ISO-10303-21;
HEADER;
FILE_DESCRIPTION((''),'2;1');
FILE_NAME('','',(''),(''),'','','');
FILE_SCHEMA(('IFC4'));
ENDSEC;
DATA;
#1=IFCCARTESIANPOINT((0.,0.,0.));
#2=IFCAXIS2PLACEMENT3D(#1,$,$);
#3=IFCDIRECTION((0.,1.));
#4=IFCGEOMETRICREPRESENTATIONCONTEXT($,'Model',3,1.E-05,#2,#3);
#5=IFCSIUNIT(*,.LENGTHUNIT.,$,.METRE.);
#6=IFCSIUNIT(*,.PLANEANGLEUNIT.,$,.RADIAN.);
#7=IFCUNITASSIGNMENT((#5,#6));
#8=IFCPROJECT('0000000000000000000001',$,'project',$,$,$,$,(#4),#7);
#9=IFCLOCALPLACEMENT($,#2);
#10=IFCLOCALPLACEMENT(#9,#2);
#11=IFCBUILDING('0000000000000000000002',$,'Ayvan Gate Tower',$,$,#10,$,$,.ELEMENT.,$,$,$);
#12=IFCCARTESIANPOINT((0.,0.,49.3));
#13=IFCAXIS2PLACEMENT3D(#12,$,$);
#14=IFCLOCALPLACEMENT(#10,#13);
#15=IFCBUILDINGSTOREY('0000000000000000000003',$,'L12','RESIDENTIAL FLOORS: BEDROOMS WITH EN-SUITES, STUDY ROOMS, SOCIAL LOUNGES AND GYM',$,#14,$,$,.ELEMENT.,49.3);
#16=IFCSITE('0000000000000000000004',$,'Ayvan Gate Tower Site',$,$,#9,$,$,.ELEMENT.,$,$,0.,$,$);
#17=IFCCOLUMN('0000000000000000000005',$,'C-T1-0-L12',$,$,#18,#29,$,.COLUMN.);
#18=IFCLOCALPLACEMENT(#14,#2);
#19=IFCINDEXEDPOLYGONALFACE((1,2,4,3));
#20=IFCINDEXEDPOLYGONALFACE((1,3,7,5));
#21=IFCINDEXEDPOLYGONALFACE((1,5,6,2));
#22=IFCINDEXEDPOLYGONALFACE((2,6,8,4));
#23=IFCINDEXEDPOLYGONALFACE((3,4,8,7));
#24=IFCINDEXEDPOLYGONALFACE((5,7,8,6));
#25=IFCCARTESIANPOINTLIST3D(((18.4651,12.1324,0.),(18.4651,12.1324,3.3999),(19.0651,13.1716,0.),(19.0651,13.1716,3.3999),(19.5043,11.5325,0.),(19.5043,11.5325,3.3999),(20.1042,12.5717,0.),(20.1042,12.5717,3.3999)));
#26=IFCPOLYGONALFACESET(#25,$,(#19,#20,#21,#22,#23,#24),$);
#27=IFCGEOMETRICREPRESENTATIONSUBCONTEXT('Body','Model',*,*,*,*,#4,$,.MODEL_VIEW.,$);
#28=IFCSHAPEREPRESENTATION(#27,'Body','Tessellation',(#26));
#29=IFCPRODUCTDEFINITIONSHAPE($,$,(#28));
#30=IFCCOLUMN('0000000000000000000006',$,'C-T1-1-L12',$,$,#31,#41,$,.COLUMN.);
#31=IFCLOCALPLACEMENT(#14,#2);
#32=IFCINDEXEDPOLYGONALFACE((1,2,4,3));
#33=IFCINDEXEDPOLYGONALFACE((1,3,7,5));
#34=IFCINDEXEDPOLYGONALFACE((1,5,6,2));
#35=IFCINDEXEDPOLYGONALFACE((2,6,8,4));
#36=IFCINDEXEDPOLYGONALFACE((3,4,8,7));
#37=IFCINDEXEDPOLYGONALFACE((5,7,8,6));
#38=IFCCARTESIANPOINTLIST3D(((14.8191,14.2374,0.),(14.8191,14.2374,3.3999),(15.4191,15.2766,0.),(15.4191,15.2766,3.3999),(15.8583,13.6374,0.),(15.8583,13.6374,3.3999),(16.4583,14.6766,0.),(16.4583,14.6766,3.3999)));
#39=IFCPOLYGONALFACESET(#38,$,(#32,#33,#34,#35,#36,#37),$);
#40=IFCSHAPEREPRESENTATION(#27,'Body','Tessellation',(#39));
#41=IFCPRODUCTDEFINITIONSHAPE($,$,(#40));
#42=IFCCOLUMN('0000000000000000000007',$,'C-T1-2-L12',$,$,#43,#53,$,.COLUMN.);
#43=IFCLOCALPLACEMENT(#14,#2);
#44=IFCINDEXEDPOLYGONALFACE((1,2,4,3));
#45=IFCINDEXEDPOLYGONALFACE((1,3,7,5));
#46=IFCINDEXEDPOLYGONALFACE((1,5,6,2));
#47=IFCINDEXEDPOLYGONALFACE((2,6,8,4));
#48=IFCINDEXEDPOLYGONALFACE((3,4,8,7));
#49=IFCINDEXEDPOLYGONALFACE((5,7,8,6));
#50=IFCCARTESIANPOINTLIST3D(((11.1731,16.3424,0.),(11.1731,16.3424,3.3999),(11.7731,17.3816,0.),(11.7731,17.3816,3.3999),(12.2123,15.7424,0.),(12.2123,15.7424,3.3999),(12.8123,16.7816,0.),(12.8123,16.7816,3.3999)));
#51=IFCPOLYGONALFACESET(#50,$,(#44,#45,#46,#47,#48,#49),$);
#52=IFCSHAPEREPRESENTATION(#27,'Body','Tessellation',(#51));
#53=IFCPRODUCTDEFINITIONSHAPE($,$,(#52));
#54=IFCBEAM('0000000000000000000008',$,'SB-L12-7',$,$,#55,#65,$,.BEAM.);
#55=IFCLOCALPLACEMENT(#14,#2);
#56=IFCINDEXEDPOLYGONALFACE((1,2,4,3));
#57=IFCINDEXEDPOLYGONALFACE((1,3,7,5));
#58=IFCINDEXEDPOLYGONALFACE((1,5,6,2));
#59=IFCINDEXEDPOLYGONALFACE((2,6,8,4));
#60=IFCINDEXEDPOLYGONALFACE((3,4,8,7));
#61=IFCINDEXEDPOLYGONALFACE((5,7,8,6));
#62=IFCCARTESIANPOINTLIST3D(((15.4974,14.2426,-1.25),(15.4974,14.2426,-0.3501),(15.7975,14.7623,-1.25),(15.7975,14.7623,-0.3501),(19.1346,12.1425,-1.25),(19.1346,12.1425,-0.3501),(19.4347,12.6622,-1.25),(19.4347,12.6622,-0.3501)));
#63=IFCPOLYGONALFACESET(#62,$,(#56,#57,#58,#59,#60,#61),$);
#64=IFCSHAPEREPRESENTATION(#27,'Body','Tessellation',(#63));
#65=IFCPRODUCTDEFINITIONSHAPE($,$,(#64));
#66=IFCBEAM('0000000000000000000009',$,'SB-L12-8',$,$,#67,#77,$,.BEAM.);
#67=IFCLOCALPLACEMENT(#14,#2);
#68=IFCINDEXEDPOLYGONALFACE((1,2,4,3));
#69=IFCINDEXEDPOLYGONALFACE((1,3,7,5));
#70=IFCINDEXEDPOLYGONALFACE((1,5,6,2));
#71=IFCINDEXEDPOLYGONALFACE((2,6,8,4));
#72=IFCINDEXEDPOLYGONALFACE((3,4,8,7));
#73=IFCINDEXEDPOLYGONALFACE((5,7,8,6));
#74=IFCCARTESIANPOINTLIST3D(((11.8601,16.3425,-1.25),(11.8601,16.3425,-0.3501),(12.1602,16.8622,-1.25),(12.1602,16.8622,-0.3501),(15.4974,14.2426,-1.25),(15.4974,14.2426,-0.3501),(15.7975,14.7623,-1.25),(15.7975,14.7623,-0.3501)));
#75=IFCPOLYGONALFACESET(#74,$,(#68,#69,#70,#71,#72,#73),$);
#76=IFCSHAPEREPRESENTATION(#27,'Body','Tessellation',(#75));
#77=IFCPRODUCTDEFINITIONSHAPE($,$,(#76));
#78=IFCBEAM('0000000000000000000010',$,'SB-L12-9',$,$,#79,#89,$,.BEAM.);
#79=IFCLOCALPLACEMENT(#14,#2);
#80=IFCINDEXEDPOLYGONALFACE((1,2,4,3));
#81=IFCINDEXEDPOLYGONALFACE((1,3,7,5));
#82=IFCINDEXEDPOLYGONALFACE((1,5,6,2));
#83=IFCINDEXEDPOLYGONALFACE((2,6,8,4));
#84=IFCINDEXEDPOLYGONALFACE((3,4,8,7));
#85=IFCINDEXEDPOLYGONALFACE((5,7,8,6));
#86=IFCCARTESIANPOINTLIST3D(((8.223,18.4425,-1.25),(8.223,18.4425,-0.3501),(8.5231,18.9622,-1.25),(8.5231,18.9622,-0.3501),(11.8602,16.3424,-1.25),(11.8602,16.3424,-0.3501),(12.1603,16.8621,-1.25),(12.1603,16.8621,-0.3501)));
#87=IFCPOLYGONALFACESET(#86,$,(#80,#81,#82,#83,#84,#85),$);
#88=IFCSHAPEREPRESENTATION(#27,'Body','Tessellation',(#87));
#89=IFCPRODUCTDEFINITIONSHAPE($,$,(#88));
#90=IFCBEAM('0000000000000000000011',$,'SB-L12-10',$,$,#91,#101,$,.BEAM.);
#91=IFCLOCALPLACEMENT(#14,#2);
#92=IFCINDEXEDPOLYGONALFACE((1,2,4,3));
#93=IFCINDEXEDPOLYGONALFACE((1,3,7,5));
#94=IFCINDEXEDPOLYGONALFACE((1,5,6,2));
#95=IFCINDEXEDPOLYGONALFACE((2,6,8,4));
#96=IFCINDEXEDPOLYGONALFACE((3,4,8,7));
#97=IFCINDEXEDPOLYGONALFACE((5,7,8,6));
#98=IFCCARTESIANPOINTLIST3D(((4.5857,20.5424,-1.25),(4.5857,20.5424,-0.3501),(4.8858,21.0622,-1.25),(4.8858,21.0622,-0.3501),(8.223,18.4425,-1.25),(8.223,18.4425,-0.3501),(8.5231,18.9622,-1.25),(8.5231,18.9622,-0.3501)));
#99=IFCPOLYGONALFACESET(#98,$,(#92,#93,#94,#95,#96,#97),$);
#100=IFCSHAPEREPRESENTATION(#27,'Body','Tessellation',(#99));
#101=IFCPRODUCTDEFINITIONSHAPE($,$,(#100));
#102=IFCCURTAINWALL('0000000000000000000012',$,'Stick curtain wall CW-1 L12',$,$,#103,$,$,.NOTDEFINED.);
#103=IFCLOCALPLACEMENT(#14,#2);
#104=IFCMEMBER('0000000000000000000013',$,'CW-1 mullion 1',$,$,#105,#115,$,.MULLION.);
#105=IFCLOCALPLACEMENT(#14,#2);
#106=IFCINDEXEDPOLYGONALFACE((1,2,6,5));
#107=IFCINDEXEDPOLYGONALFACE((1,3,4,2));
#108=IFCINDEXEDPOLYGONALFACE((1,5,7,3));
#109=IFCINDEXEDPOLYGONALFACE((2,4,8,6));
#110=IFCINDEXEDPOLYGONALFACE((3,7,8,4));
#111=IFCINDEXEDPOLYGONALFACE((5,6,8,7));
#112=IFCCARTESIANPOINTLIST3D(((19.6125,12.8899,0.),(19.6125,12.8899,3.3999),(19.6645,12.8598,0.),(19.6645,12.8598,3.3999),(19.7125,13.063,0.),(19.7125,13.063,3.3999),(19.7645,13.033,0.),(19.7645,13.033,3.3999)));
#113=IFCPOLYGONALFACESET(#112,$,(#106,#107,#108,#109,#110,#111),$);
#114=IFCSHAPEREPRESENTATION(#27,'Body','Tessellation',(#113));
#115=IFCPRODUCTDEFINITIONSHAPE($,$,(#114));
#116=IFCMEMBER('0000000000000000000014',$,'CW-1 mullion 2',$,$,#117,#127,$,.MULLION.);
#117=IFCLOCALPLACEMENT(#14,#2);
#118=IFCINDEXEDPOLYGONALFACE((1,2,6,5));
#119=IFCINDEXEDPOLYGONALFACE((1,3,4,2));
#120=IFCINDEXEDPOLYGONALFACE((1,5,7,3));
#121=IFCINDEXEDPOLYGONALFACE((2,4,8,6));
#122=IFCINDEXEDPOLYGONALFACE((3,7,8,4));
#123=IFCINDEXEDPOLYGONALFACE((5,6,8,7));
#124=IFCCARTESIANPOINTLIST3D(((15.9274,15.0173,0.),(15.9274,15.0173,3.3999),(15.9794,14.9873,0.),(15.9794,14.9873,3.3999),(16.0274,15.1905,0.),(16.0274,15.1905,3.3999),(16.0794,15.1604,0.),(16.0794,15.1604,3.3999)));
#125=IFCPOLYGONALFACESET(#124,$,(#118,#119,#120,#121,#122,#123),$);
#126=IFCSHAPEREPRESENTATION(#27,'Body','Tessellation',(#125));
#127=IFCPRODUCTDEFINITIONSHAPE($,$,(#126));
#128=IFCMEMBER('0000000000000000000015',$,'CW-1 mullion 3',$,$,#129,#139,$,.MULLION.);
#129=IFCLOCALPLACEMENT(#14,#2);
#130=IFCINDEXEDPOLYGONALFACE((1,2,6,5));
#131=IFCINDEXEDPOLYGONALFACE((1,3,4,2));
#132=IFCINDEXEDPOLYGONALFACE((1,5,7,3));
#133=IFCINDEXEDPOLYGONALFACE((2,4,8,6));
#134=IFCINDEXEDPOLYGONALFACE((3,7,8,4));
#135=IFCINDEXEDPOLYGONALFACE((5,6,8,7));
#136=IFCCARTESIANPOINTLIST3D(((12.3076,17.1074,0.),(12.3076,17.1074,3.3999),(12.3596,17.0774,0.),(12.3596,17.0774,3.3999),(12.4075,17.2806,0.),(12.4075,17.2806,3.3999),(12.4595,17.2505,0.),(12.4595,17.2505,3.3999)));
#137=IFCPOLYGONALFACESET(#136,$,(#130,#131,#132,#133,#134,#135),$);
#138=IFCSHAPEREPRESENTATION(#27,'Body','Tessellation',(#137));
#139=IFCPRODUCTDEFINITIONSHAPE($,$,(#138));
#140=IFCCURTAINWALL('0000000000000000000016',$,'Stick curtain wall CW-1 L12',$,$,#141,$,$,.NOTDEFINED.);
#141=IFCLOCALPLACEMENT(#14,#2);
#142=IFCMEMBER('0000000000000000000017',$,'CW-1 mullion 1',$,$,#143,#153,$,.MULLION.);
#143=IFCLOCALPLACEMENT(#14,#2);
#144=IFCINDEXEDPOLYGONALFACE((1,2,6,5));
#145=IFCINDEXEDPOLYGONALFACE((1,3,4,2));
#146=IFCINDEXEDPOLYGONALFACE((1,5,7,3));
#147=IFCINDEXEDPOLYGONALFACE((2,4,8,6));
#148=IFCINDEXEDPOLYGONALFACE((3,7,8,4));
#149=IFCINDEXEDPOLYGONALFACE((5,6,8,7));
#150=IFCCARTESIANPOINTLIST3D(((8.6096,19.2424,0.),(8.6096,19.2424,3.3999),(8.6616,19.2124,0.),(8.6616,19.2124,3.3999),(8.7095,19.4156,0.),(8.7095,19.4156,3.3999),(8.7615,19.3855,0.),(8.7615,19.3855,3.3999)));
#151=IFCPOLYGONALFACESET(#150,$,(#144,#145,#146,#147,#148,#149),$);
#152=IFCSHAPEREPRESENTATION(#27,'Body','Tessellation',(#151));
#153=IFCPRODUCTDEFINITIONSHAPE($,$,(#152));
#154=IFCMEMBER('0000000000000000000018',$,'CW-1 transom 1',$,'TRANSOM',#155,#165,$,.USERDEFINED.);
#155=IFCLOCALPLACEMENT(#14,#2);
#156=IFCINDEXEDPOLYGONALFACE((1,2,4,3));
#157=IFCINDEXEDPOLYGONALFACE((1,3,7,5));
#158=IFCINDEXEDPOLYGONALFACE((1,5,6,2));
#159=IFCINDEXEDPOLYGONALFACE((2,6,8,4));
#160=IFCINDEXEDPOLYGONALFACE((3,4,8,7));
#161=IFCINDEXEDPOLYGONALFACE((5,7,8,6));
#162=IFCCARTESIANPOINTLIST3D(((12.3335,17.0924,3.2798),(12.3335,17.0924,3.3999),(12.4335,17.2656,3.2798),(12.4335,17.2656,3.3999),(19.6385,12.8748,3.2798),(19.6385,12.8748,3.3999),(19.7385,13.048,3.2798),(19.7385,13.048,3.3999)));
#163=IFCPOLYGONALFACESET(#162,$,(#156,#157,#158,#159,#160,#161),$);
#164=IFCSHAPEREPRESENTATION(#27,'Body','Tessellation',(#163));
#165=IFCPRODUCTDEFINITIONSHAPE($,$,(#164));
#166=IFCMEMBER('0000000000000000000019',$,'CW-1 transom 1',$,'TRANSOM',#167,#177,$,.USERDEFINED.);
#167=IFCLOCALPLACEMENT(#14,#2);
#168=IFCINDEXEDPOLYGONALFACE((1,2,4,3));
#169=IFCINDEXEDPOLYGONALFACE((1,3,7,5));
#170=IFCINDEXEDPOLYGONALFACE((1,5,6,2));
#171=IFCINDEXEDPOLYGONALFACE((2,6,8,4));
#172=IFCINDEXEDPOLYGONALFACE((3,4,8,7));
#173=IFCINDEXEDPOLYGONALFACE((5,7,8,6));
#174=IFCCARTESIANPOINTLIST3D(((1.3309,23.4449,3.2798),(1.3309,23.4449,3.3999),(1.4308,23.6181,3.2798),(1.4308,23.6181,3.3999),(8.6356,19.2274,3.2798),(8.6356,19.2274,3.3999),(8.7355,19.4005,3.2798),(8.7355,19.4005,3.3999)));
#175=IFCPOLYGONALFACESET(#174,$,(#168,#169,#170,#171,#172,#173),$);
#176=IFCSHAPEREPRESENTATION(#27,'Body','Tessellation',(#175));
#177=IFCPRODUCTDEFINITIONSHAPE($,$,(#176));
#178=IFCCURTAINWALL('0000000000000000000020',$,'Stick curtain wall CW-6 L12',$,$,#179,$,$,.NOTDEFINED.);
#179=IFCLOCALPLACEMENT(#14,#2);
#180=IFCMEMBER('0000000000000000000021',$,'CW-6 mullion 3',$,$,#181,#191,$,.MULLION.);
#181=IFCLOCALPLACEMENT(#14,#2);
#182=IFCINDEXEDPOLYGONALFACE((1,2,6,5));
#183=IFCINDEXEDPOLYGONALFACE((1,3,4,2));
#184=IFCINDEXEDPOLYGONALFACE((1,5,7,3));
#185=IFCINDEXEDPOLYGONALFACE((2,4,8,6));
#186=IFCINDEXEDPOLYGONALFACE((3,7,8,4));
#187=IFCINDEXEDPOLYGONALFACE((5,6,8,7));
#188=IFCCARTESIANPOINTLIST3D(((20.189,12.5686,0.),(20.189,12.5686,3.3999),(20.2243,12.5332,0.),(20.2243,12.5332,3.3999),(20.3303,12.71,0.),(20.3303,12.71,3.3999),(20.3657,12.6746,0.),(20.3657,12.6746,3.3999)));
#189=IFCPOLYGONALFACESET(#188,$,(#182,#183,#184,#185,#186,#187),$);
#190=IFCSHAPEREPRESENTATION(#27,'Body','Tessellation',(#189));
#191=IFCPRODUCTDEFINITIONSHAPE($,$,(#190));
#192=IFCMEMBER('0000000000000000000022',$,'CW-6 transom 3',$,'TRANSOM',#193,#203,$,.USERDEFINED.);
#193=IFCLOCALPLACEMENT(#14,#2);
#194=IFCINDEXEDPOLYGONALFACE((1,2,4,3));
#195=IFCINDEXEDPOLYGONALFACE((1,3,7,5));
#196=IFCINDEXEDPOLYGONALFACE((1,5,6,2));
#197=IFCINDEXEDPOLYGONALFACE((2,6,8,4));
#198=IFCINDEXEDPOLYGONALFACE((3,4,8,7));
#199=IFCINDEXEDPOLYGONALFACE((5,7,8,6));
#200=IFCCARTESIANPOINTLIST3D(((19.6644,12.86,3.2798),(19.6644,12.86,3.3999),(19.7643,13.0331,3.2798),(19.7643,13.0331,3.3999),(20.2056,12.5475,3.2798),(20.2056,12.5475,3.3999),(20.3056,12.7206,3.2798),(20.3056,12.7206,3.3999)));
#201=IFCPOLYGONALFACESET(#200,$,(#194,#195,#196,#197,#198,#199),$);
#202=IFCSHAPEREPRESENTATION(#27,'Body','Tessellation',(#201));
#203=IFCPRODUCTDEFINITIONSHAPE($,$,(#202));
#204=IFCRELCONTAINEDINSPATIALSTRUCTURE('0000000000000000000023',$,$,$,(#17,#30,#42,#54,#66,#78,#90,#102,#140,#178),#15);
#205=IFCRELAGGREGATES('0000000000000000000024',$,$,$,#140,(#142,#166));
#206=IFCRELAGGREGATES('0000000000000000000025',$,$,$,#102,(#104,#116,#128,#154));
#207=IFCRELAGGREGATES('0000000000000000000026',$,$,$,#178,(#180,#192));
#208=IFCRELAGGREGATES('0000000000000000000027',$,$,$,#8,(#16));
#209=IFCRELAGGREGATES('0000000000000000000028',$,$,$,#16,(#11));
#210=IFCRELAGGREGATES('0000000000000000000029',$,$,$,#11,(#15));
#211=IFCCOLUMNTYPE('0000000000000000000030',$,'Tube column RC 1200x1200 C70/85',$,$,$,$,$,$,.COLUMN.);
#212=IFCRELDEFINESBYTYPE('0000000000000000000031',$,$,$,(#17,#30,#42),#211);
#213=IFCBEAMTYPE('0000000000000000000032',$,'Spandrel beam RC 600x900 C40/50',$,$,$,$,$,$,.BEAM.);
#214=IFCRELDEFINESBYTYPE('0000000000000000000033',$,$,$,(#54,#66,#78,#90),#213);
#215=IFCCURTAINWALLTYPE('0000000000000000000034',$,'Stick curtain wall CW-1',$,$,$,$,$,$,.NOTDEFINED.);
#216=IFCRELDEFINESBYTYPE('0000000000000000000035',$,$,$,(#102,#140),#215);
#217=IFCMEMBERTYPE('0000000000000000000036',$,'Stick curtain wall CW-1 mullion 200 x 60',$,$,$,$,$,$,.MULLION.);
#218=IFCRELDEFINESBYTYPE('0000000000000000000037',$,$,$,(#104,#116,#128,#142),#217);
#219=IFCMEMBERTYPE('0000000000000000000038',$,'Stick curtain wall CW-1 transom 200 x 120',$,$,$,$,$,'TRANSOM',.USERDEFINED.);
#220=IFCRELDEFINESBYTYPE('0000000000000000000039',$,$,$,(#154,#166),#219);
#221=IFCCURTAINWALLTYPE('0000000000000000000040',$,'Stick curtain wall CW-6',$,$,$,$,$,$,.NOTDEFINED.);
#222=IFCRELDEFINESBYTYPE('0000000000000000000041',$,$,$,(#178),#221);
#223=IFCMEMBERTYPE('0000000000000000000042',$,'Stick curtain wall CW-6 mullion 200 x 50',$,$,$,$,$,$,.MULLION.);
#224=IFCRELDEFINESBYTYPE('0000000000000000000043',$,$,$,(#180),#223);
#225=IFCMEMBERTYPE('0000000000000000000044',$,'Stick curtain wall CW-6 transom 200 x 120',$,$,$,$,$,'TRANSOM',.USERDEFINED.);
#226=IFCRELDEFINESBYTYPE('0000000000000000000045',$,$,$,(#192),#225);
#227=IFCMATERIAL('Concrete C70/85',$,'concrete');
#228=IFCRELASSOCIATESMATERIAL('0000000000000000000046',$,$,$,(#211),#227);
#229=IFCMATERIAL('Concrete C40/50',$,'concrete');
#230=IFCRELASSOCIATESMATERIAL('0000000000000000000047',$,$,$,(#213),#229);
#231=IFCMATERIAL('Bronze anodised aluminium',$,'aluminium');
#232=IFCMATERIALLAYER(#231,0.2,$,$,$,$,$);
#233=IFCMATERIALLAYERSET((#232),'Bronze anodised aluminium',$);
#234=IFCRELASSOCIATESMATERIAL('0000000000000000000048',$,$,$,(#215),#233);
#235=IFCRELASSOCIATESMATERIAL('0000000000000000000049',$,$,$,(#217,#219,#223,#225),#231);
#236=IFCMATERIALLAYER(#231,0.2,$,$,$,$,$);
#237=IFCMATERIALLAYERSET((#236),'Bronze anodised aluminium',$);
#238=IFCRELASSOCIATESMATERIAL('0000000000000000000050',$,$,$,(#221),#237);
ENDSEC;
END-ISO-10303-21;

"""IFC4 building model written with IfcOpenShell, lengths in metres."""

from ifc_helpers import new_model, si_unit, direction, frame, origin, origin_2d, place, context, subcontext, project, spatial, rectangle, extrude, material, layer, layer_set, material_profile, profile_set, type_object, element, aggregate, save


model = new_model("IFC4")

# Units and contexts
model_context = context("Model", 3, precision=1e-05, world=origin(), true_north=direction((0.0, 1.0)))
body_context = subcontext(model_context, "Body", "Model", "MODEL_VIEW")
ifc_project = project(units=[si_unit("LENGTHUNIT", "METRE"), si_unit("PLANEANGLEUNIT", "RADIAN")], contexts=[model_context])

# Site, building, storey
site_placement = place(None, origin())
site = spatial("IfcSite", under=ifc_project, at=site_placement, Name="Ayvan Gate Tower Site", CompositionType="ELEMENT", RefElevation=0.0)
building_placement = place(site_placement, origin())
building = spatial("IfcBuilding", under=site, at=building_placement, Name="Ayvan Gate Tower", CompositionType="ELEMENT")
storey_placement = place(building_placement, frame((0.0, 0.0, 49.3)))
storey = spatial("IfcBuildingStorey", under=building, at=storey_placement, Name="L12", Description="RESIDENTIAL FLOORS: BEDROOMS WITH EN-SUITES, STUDY ROOMS, SOCIAL LOUNGES AND GYM", CompositionType="ELEMENT", Elevation=49.3)

# Columns
ifc_material_1 = material(Name="Concrete C70/85", Category="concrete")
ifc_material_profile_1 = material_profile(ifc_material_1, rectangle(XDim=1.2, YDim=1.2, at=origin_2d()), Name="RC 1200x1200")
ifc_profile_set_1 = profile_set([ifc_material_profile_1], Name="Concrete C70/85")
column_type = type_object("IfcColumnType", Name="Tube column RC 1200x1200 C70/85", PredefinedType="COLUMN", material=ifc_profile_set_1)
for number, where, z_axis, x_axis, name in (
    (1, (19.2847, 12.3521, 0.0), (0.0, 0.0, 1.0), (0.5, 0.866025, 0.0), "C-T1-0-L12"),
    (2, (15.6387, 14.457, 0.0), (0.0, 0.0, 1.0), (0.5, 0.866025, 0.0), "C-T1-1-L12"),
    (3, (11.9927, 16.562, 0.0), (0.0, 0.0, 1.0), (0.5, 0.866025, 0.0), "C-T1-2-L12"),
):
    element("IfcColumn", number, at=place(storey_placement, frame(where, z_axis=z_axis, x_axis=x_axis)), inside=storey, type_object=column_type, Name=name, PredefinedType="COLUMN", context=body_context, shape_type="SweptSolid", body=[
        extrude(rectangle(XDim=1.2, YDim=1.2, at=origin_2d()), origin(), (0.0, 0.0, 1.0), 3.3999),
    ])

# Beams
ifc_material_2 = material(Name="Concrete C40/50", Category="concrete")
ifc_material_profile_2 = material_profile(ifc_material_2, rectangle(XDim=0.6001, YDim=0.8999, at=origin_2d()), Name="RC 600x900")
ifc_profile_set_2 = profile_set([ifc_material_profile_2], Name="Concrete C40/50")
beam_type = type_object("IfcBeamType", Name="Spandrel beam RC 600x900 C40/50", PredefinedType="BEAM", material=ifc_profile_set_2)
for number, where, z_axis, x_axis, name in (
    (4, (19.2847, 12.4023, -0.8), (-0.866009, 0.500028, 0.0), (-0.500028, -0.866009, 0.0), "SB-L12-7"),
    (5, (15.6475, 14.5024, -0.8), (-0.866035, 0.499984, 0.0), (-0.499984, -0.866035, 0.0), "SB-L12-8"),
    (6, (12.0103, 16.6023, -0.8), (-0.866009, 0.500028, 0.0), (-0.500028, -0.866009, 0.0), "SB-L12-9"),
    (7, (8.373, 18.7024, -0.8), (-0.866035, 0.499984, 0.0), (-0.499984, -0.866035, 0.0), "SB-L12-10"),
):
    element("IfcBeam", number, at=place(storey_placement, frame(where, z_axis=z_axis, x_axis=x_axis)), inside=storey, type_object=beam_type, Name=name, PredefinedType="BEAM", context=body_context, shape_type="SweptSolid", body=[
        extrude(rectangle(XDim=0.6001, YDim=0.8999, at=origin_2d()), origin(), (0.0, 0.0, 1.0), 4.2),
    ])

# Curtain wall, members
ifc_material_3 = material(Name="Bronze anodised aluminium", Category="aluminium")
ifc_layer_1 = layer(ifc_material_3, 0.2)
ifc_layer_set_1 = layer_set([ifc_layer_1], Name="Bronze anodised aluminium")
curtain_wall_type_1 = type_object("IfcCurtainWallType", Name="Stick curtain wall CW-1", PredefinedType="NOTDEFINED", material=ifc_layer_set_1)
curtain_wall_1_placement = place(storey_placement, origin())
curtain_wall_1 = element("IfcCurtainWall", 8, at=curtain_wall_1_placement, inside=storey, type_object=curtain_wall_type_1, Name="Stick curtain wall CW-1 L12", PredefinedType="NOTDEFINED")
ifc_material_profile_3 = material_profile(ifc_material_3, rectangle(XDim=0.2, YDim=0.0601, at=origin_2d()), Name="Stick curtain wall CW-1 mullion 200 x 60")
ifc_profile_set_3 = profile_set([ifc_material_profile_3], Name="Bronze anodised aluminium")
member_type_1 = type_object("IfcMemberType", Name="Stick curtain wall CW-1 mullion 200 x 60", PredefinedType="MULLION", material=ifc_profile_set_3)
member_1_placement = place(storey_placement, frame((19.6885, 12.9614, 0.0), z_axis=(0.0, 0.0, 1.0), x_axis=(0.5, 0.866025, 0.0)))
member_1 = element("IfcMember", 9, at=member_1_placement, type_object=member_type_1, Name="CW-1 mullion 1", PredefinedType="MULLION", context=body_context, shape_type="SweptSolid", body=[
    extrude(rectangle(XDim=0.2, YDim=0.0601, at=origin_2d()), origin(), (0.0, 0.0, 1.0), 3.3999),
])
member_2_placement = place(storey_placement, frame((16.0034, 15.0889, 0.0), z_axis=(0.0, 0.0, 1.0), x_axis=(0.5, 0.866025, 0.0)))
member_2 = element("IfcMember", 10, at=member_2_placement, type_object=member_type_1, Name="CW-1 mullion 2", PredefinedType="MULLION", context=body_context, shape_type="SweptSolid", body=[
    extrude(rectangle(XDim=0.2, YDim=0.0601, at=origin_2d()), origin(), (0.0, 0.0, 1.0), 3.3999),
])
member_3_placement = place(storey_placement, frame((12.3835, 17.179, 0.0), z_axis=(0.0, 0.0, 1.0), x_axis=(0.5, 0.866025, 0.0)))
member_3 = element("IfcMember", 11, at=member_3_placement, type_object=member_type_1, Name="CW-1 mullion 3", PredefinedType="MULLION", context=body_context, shape_type="SweptSolid", body=[
    extrude(rectangle(XDim=0.2, YDim=0.0601, at=origin_2d()), origin(), (0.0, 0.0, 1.0), 3.3999),
])

# Curtain wall, member
curtain_wall_2_placement = place(storey_placement, origin())
curtain_wall_2 = element("IfcCurtainWall", 12, at=curtain_wall_2_placement, inside=storey, type_object=curtain_wall_type_1, Name="Stick curtain wall CW-1 L12", PredefinedType="NOTDEFINED")
member_4_placement = place(storey_placement, frame((8.6855, 19.314, 0.0), z_axis=(0.0, 0.0, 1.0), x_axis=(0.5, 0.866025, 0.0)))
member_4 = element("IfcMember", 13, at=member_4_placement, type_object=member_type_1, Name="CW-1 mullion 1", PredefinedType="MULLION", context=body_context, shape_type="SweptSolid", body=[
    extrude(rectangle(XDim=0.2, YDim=0.0601, at=origin_2d()), origin(), (0.0, 0.0, 1.0), 3.3999),
])

# Members
ifc_material_profile_4 = material_profile(ifc_material_3, rectangle(XDim=0.2, YDim=0.1201, at=origin_2d()), Name="Stick curtain wall CW-1 transom 200 x 120")
ifc_profile_set_4 = profile_set([ifc_material_profile_4], Name="Bronze anodised aluminium")
member_type_2 = type_object("IfcMemberType", Name="Stick curtain wall CW-1 transom 200 x 120", ElementType="TRANSOM", PredefinedType="USERDEFINED", material=ifc_profile_set_4)
member_5_placement = place(storey_placement, frame((19.6885, 12.9614, 3.3398), z_axis=(-0.866024, 0.500002, 0.0), x_axis=(-0.500002, -0.866024, 0.0)))
member_5 = element("IfcMember", 14, at=member_5_placement, type_object=member_type_2, Name="CW-1 transom 1", ObjectType="TRANSOM", PredefinedType="USERDEFINED", context=body_context, shape_type="SweptSolid", body=[
    extrude(rectangle(XDim=0.2, YDim=0.1201, at=origin_2d()), origin(), (0.0, 0.0, 1.0), 8.4351),
])
member_6_placement = place(storey_placement, frame((8.6855, 19.314, 3.3398), z_axis=(-0.866017, 0.500015, 0.0), x_axis=(-0.500015, -0.866017, 0.0)))
member_6 = element("IfcMember", 15, at=member_6_placement, type_object=member_type_2, Name="CW-1 transom 1", ObjectType="TRANSOM", PredefinedType="USERDEFINED", context=body_context, shape_type="SweptSolid", body=[
    extrude(rectangle(XDim=0.2, YDim=0.1201, at=origin_2d()), origin(), (0.0, 0.0, 1.0), 8.4348),
])
aggregate(curtain_wall_2, [member_4, member_6])

# Curtain wall, members
ifc_layer_2 = layer(ifc_material_3, 0.2)
ifc_layer_set_2 = layer_set([ifc_layer_2], Name="Bronze anodised aluminium")
curtain_wall_type_2 = type_object("IfcCurtainWallType", Name="Stick curtain wall CW-6", PredefinedType="NOTDEFINED", material=ifc_layer_set_2)
curtain_wall_3_placement = place(storey_placement, origin())
curtain_wall_3 = element("IfcCurtainWall", 16, at=curtain_wall_3_placement, inside=storey, type_object=curtain_wall_type_2, Name="Stick curtain wall CW-6 L12", PredefinedType="NOTDEFINED")
ifc_material_profile_5 = material_profile(ifc_material_3, rectangle(XDim=0.2, YDim=0.05, at=origin_2d()), Name="Stick curtain wall CW-6 mullion 200 x 50")
ifc_profile_set_5 = profile_set([ifc_material_profile_5], Name="Bronze anodised aluminium")
member_type_3 = type_object("IfcMemberType", Name="Stick curtain wall CW-6 mullion 200 x 50", PredefinedType="MULLION", material=ifc_profile_set_5)
member_7_placement = place(storey_placement, frame((20.2773, 12.6216, 0.0), z_axis=(0.0, 0.0, 1.0), x_axis=(0.707107, 0.707107, 0.0)))
member_7 = element("IfcMember", 17, at=member_7_placement, type_object=member_type_3, Name="CW-6 mullion 3", PredefinedType="MULLION", context=body_context, shape_type="SweptSolid", body=[
    extrude(rectangle(XDim=0.2, YDim=0.05, at=origin_2d()), origin(), (0.0, 0.0, 1.0), 3.3999),
])
ifc_material_profile_6 = material_profile(ifc_material_3, rectangle(XDim=0.2, YDim=0.1201, at=origin_2d()), Name="Stick curtain wall CW-6 transom 200 x 120")
ifc_profile_set_6 = profile_set([ifc_material_profile_6], Name="Bronze anodised aluminium")
member_type_4 = type_object("IfcMemberType", Name="Stick curtain wall CW-6 transom 200 x 120", ElementType="TRANSOM", PredefinedType="USERDEFINED", material=ifc_profile_set_6)
member_8_placement = place(storey_placement, frame((20.2556, 12.634, 3.3398), z_axis=(-0.866023, 0.500004, 0.0), x_axis=(-0.500004, -0.866023, 0.0)))
member_8 = element("IfcMember", 18, at=member_8_placement, type_object=member_type_4, Name="CW-6 transom 3", ObjectType="TRANSOM", PredefinedType="USERDEFINED", context=body_context, shape_type="SweptSolid", body=[
    extrude(rectangle(XDim=0.2, YDim=0.1201, at=origin_2d()), origin(), (0.0, 0.0, 1.0), 0.625),
])

aggregate(curtain_wall_1, [member_1, member_2, member_3, member_5])
aggregate(curtain_wall_3, [member_7, member_8])

save(model, "model.ifc")
